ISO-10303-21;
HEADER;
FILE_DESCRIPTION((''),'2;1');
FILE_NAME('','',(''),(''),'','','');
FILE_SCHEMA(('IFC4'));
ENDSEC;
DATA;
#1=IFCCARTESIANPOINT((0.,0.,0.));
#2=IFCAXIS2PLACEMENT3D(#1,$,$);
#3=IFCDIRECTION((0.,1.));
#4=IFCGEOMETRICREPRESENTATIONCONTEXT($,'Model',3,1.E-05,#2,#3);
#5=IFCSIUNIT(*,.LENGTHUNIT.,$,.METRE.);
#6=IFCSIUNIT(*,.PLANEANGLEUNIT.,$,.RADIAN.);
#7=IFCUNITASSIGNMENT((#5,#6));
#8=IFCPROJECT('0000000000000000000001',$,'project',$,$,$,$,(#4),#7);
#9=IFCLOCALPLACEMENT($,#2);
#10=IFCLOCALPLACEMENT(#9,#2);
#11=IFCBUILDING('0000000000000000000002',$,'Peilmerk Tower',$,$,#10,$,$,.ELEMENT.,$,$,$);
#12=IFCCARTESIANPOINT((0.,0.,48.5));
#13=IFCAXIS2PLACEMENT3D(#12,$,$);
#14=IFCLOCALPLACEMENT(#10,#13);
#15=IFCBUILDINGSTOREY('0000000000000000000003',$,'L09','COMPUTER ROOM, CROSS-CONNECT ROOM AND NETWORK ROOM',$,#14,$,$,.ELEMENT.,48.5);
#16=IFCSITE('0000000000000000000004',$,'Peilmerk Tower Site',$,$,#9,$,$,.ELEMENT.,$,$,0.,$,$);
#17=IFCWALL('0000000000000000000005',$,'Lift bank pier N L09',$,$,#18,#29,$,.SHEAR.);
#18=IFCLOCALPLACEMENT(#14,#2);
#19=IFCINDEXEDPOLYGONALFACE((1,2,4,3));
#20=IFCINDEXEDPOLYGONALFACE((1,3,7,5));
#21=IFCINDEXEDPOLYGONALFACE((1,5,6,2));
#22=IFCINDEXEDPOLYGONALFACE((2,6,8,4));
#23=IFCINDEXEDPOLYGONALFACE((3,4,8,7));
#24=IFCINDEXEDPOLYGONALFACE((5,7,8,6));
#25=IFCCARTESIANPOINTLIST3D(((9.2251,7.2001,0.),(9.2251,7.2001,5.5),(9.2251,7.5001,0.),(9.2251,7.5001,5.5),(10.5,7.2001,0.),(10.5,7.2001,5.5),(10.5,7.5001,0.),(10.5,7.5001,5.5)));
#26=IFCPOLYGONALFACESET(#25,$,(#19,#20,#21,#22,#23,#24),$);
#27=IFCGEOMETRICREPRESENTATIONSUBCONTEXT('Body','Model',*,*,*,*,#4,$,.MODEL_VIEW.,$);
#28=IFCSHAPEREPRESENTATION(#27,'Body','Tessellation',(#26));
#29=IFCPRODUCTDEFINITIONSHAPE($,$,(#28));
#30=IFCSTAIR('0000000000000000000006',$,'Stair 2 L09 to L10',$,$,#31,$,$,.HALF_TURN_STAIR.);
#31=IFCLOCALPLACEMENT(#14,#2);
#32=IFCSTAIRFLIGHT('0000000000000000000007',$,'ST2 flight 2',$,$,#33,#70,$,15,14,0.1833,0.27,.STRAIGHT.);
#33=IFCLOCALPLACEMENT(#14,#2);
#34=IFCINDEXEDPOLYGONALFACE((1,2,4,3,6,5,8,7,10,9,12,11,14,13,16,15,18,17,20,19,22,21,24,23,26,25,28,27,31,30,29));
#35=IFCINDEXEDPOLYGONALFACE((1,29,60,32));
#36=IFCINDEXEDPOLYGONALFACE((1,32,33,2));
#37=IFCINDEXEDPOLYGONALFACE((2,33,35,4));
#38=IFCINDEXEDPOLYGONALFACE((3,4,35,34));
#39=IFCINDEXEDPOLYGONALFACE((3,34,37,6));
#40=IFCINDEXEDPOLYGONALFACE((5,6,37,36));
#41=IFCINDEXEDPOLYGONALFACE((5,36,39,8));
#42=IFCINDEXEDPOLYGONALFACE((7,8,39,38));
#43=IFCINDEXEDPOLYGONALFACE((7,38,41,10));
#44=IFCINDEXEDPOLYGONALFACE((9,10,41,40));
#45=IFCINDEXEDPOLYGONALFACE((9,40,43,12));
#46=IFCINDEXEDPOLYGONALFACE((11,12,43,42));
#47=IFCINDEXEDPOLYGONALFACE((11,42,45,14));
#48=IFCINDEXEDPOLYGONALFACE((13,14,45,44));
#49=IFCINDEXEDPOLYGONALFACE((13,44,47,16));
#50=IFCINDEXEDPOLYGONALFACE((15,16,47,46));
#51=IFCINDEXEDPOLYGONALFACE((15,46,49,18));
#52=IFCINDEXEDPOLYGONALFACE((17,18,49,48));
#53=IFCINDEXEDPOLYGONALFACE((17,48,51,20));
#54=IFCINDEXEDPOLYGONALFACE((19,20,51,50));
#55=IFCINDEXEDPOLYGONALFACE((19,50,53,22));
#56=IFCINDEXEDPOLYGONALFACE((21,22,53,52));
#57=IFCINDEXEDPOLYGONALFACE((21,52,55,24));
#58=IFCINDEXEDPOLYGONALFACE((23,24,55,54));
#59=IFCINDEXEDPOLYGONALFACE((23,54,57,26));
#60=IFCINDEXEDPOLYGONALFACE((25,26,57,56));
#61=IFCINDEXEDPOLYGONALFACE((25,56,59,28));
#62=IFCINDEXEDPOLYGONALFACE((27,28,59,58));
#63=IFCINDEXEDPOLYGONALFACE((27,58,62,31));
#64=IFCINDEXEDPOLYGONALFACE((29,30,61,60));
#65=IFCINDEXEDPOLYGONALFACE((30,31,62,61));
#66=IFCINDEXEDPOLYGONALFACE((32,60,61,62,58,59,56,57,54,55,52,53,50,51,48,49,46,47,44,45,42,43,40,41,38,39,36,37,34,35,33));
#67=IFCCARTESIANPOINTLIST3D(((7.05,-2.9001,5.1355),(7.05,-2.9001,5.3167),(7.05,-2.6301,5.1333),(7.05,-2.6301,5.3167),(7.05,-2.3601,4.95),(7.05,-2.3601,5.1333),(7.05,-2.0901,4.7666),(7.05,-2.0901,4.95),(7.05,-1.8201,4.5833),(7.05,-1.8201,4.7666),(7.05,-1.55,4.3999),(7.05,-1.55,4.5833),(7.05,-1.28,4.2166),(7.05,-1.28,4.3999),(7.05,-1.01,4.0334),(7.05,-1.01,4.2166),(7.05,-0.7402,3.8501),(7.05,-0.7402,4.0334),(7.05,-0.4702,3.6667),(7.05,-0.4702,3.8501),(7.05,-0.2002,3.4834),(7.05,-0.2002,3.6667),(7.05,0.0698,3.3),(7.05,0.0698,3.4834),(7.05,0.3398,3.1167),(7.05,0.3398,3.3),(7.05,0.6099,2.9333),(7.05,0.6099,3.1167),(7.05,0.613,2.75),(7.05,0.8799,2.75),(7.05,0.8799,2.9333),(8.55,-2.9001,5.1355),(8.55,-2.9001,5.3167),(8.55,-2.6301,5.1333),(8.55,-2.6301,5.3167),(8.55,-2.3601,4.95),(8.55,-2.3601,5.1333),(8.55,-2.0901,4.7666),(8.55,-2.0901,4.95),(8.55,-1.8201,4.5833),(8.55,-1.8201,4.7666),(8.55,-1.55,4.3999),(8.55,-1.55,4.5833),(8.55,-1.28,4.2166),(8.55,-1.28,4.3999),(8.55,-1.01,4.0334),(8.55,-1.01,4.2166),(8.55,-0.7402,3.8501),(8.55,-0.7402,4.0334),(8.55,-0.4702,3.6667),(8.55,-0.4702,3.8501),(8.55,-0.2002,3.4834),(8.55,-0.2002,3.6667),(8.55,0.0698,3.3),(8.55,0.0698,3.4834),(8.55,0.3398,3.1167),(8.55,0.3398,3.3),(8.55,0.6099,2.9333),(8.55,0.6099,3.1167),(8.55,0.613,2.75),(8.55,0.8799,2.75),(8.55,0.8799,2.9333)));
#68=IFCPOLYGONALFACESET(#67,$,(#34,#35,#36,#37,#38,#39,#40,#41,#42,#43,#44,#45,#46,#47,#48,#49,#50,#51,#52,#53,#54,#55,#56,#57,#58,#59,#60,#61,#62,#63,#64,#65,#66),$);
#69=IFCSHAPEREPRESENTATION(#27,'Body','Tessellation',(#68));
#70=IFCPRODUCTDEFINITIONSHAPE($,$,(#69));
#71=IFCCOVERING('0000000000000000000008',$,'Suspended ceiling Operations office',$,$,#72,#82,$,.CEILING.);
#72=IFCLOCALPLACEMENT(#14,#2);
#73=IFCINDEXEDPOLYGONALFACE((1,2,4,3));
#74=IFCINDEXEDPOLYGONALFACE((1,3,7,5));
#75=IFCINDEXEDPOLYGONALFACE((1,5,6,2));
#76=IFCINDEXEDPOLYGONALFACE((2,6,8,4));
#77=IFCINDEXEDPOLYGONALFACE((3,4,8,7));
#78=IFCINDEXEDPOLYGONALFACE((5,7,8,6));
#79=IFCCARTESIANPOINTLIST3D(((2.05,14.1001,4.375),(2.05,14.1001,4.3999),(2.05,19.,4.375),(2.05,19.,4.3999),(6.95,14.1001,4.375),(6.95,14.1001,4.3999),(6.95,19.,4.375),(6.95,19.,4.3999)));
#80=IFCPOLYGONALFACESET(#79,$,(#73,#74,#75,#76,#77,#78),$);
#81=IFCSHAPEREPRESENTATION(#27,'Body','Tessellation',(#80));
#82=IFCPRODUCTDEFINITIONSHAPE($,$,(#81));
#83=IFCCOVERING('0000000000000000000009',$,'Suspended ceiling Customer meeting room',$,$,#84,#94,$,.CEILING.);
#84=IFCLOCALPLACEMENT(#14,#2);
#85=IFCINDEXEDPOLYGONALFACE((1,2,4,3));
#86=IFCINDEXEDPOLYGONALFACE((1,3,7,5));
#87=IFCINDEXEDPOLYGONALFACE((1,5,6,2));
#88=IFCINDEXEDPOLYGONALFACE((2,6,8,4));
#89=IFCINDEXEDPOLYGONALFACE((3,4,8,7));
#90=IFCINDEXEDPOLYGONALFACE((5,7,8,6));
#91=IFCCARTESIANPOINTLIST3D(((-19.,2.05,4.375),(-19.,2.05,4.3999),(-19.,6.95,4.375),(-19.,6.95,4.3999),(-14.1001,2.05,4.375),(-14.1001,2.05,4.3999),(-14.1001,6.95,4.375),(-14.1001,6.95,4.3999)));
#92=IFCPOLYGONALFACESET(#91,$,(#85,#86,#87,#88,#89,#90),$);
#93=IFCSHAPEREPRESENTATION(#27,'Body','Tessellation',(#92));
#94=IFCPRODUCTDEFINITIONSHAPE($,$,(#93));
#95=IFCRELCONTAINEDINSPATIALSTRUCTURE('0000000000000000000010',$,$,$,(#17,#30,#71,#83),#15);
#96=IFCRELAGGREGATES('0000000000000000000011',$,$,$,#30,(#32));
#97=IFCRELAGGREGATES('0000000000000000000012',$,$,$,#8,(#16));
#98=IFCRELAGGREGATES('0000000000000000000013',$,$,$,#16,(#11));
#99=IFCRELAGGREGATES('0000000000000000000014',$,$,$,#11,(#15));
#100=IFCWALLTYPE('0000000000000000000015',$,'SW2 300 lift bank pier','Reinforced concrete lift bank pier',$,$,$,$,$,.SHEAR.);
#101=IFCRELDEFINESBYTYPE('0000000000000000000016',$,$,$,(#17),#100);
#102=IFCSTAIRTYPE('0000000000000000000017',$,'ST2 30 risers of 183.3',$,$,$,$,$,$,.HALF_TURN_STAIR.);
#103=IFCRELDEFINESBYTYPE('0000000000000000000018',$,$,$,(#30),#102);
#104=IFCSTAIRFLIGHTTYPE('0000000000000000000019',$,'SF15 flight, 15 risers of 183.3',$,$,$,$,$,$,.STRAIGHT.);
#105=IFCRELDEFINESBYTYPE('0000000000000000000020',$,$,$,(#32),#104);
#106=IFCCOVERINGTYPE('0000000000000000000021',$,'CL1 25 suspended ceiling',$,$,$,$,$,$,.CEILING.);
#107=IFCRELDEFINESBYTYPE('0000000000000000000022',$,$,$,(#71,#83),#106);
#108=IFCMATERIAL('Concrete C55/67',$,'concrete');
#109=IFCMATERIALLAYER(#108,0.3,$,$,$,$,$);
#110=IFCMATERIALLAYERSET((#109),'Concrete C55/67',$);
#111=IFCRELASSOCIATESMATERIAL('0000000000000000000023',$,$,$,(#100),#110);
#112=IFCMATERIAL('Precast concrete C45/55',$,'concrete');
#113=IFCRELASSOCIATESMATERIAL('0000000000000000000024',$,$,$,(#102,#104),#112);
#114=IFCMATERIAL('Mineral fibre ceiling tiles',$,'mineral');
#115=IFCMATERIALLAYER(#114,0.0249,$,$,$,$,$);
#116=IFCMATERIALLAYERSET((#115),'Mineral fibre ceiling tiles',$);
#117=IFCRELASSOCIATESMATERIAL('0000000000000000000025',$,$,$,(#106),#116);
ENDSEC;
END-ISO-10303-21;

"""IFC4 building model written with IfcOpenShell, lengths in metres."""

from ifc_helpers import new_model, si_unit, direction, frame, frame_2d, origin, place, context, subcontext, project, spatial, polyline, rectangle, outline, extrude, material, layer, layer_set, type_object, element, aggregate, save


model = new_model("IFC4")

# Units and contexts
model_context = context("Model", 3, precision=1e-05, world=origin(), true_north=direction((0.0, 1.0)))
body_context = subcontext(model_context, "Body", "Model", "MODEL_VIEW")
ifc_project = project(units=[si_unit("LENGTHUNIT", "METRE"), si_unit("PLANEANGLEUNIT", "RADIAN")], contexts=[model_context])

# Site, building, storey
site_placement = place(None, origin())
site = spatial("IfcSite", under=ifc_project, at=site_placement, Name="Peilmerk Tower Site", CompositionType="ELEMENT", RefElevation=0.0)
building_placement = place(site_placement, origin())
building = spatial("IfcBuilding", under=site, at=building_placement, Name="Peilmerk Tower", CompositionType="ELEMENT")
storey_placement = place(building_placement, frame((0.0, 0.0, 48.5)))
storey = spatial("IfcBuildingStorey", under=building, at=storey_placement, Name="L09", Description="COMPUTER ROOM, CROSS-CONNECT ROOM AND NETWORK ROOM", CompositionType="ELEMENT", Elevation=48.5)

# Wall
ifc_material_1 = material(Name="Concrete C55/67", Category="concrete")
ifc_layer_1 = layer(ifc_material_1, 0.3)
ifc_layer_set_1 = layer_set([ifc_layer_1], Name="Concrete C55/67")
wall_type_1 = type_object("IfcWallType", Name="SW2 300 lift bank pier", Description="Reinforced concrete lift bank pier", PredefinedType="SHEAR", material=ifc_layer_set_1)
wall_1_placement = place(storey_placement, frame((9.2251, 7.3501, 0.0), z_axis=(0.0, 0.0, 1.0), x_axis=(1.0, 0.0, 0.0)))
element("IfcWall", 1, at=wall_1_placement, inside=storey, type_object=wall_type_1, Name="Lift bank pier N L09", PredefinedType="SHEAR", context=body_context, shape_type="SweptSolid", body=[
    extrude(rectangle(XDim=1.2749, YDim=0.3, at=frame_2d((0.6375, 0.0))), origin(), (0.0, 0.0, 1.0), 5.5),
])

# Stair, stair flight
ifc_material_2 = material(Name="Precast concrete C45/55", Category="concrete")
stair_type = type_object("IfcStairType", Name="ST2 30 risers of 183.3", PredefinedType="HALF_TURN_STAIR", material=ifc_material_2)
stair_placement = place(storey_placement, origin())
stair = element("IfcStair", 2, at=stair_placement, inside=storey, type_object=stair_type, Name="Stair 2 L09 to L10", PredefinedType="HALF_TURN_STAIR")
stair_flight_type = type_object("IfcStairFlightType", Name="SF15 flight, 15 risers of 183.3", PredefinedType="STRAIGHT", material=ifc_material_2)
stair_flight_placement = place(storey_placement, frame((7.8, 0.8799, 2.75), z_axis=(0.0, 0.0, 1.0), x_axis=(0.0, -1.0, 0.0)))
stair_flight = element("IfcStairFlight", 3, at=stair_flight_placement, type_object=stair_flight_type, Name="ST2 flight 2", NumberOfRisers=15, NumberOfTreads=14, PredefinedType="STRAIGHT", RiserHeight=0.1833, TreadLength=0.27, context=body_context, shape_type="SweptSolid", body=[
    extrude(outline(polyline([(0.0, 0.0), (0.0, 0.1833), (0.27, 0.1833), (0.27, 0.3667), (0.54, 0.3667), (0.54, 0.55), (0.8101, 0.55), (0.8101, 0.7334), (1.0801, 0.7334), (1.0801, 0.9167), (1.3501, 0.9167), (1.3501, 1.1001), (1.6201, 1.1001), (1.6201, 1.2834), (1.8899, 1.2834), (1.8899, 1.4666), (2.1599, 1.4666), (2.1599, 1.6499), (2.4299, 1.6499), (2.4299, 1.8333), (2.7, 1.8333), (2.7, 2.0166), (2.97, 2.0166), (2.97, 2.2), (3.24, 2.2), (3.24, 2.3833), (3.51, 2.3833), (3.51, 2.5667), (3.78, 2.5667), (3.78, 2.75), (3.78, 2.3855), (0.2668, 0.0), (0.0, 0.0)])), frame((0.0, 0.75, 0.0), z_axis=(0.0, -1.0, 0.0), x_axis=(1.0, 0.0, 0.0)), (0.0, 0.0, 1.0), 1.5),
])
aggregate(stair, [stair_flight])

# Coverings
ifc_material_3 = material(Name="Mineral fibre ceiling tiles", Category="mineral")
ifc_layer_2 = layer(ifc_material_3, 0.0249)
ifc_layer_set_2 = layer_set([ifc_layer_2], Name="Mineral fibre ceiling tiles")
covering_type_1 = type_object("IfcCoveringType", Name="CL1 25 suspended ceiling", PredefinedType="CEILING", material=ifc_layer_set_2)
covering_1_placement = place(storey_placement, frame((0.0, 0.0, 4.375)))
element("IfcCovering", 4, at=covering_1_placement, inside=storey, type_object=covering_type_1, Name="Suspended ceiling Operations office", PredefinedType="CEILING", context=body_context, shape_type="SweptSolid", body=[
    extrude(outline(polyline([(6.95, 14.1001), (6.95, 19.0), (2.05, 19.0), (2.05, 14.1001), (6.95, 14.1001)])), origin(), (0.0, 0.0, 1.0), 0.0249),
])
covering_2_placement = place(storey_placement, frame((0.0, 0.0, 4.375)))
element("IfcCovering", 5, at=covering_2_placement, inside=storey, type_object=covering_type_1, Name="Suspended ceiling Customer meeting room", PredefinedType="CEILING", context=body_context, shape_type="SweptSolid", body=[
    extrude(outline(polyline([(-14.1001, 2.05), (-14.1001, 6.95), (-19.0, 6.95), (-19.0, 2.05), (-14.1001, 2.05)])), origin(), (0.0, 0.0, 1.0), 0.0249),
])

save(model, "model.ifc")
